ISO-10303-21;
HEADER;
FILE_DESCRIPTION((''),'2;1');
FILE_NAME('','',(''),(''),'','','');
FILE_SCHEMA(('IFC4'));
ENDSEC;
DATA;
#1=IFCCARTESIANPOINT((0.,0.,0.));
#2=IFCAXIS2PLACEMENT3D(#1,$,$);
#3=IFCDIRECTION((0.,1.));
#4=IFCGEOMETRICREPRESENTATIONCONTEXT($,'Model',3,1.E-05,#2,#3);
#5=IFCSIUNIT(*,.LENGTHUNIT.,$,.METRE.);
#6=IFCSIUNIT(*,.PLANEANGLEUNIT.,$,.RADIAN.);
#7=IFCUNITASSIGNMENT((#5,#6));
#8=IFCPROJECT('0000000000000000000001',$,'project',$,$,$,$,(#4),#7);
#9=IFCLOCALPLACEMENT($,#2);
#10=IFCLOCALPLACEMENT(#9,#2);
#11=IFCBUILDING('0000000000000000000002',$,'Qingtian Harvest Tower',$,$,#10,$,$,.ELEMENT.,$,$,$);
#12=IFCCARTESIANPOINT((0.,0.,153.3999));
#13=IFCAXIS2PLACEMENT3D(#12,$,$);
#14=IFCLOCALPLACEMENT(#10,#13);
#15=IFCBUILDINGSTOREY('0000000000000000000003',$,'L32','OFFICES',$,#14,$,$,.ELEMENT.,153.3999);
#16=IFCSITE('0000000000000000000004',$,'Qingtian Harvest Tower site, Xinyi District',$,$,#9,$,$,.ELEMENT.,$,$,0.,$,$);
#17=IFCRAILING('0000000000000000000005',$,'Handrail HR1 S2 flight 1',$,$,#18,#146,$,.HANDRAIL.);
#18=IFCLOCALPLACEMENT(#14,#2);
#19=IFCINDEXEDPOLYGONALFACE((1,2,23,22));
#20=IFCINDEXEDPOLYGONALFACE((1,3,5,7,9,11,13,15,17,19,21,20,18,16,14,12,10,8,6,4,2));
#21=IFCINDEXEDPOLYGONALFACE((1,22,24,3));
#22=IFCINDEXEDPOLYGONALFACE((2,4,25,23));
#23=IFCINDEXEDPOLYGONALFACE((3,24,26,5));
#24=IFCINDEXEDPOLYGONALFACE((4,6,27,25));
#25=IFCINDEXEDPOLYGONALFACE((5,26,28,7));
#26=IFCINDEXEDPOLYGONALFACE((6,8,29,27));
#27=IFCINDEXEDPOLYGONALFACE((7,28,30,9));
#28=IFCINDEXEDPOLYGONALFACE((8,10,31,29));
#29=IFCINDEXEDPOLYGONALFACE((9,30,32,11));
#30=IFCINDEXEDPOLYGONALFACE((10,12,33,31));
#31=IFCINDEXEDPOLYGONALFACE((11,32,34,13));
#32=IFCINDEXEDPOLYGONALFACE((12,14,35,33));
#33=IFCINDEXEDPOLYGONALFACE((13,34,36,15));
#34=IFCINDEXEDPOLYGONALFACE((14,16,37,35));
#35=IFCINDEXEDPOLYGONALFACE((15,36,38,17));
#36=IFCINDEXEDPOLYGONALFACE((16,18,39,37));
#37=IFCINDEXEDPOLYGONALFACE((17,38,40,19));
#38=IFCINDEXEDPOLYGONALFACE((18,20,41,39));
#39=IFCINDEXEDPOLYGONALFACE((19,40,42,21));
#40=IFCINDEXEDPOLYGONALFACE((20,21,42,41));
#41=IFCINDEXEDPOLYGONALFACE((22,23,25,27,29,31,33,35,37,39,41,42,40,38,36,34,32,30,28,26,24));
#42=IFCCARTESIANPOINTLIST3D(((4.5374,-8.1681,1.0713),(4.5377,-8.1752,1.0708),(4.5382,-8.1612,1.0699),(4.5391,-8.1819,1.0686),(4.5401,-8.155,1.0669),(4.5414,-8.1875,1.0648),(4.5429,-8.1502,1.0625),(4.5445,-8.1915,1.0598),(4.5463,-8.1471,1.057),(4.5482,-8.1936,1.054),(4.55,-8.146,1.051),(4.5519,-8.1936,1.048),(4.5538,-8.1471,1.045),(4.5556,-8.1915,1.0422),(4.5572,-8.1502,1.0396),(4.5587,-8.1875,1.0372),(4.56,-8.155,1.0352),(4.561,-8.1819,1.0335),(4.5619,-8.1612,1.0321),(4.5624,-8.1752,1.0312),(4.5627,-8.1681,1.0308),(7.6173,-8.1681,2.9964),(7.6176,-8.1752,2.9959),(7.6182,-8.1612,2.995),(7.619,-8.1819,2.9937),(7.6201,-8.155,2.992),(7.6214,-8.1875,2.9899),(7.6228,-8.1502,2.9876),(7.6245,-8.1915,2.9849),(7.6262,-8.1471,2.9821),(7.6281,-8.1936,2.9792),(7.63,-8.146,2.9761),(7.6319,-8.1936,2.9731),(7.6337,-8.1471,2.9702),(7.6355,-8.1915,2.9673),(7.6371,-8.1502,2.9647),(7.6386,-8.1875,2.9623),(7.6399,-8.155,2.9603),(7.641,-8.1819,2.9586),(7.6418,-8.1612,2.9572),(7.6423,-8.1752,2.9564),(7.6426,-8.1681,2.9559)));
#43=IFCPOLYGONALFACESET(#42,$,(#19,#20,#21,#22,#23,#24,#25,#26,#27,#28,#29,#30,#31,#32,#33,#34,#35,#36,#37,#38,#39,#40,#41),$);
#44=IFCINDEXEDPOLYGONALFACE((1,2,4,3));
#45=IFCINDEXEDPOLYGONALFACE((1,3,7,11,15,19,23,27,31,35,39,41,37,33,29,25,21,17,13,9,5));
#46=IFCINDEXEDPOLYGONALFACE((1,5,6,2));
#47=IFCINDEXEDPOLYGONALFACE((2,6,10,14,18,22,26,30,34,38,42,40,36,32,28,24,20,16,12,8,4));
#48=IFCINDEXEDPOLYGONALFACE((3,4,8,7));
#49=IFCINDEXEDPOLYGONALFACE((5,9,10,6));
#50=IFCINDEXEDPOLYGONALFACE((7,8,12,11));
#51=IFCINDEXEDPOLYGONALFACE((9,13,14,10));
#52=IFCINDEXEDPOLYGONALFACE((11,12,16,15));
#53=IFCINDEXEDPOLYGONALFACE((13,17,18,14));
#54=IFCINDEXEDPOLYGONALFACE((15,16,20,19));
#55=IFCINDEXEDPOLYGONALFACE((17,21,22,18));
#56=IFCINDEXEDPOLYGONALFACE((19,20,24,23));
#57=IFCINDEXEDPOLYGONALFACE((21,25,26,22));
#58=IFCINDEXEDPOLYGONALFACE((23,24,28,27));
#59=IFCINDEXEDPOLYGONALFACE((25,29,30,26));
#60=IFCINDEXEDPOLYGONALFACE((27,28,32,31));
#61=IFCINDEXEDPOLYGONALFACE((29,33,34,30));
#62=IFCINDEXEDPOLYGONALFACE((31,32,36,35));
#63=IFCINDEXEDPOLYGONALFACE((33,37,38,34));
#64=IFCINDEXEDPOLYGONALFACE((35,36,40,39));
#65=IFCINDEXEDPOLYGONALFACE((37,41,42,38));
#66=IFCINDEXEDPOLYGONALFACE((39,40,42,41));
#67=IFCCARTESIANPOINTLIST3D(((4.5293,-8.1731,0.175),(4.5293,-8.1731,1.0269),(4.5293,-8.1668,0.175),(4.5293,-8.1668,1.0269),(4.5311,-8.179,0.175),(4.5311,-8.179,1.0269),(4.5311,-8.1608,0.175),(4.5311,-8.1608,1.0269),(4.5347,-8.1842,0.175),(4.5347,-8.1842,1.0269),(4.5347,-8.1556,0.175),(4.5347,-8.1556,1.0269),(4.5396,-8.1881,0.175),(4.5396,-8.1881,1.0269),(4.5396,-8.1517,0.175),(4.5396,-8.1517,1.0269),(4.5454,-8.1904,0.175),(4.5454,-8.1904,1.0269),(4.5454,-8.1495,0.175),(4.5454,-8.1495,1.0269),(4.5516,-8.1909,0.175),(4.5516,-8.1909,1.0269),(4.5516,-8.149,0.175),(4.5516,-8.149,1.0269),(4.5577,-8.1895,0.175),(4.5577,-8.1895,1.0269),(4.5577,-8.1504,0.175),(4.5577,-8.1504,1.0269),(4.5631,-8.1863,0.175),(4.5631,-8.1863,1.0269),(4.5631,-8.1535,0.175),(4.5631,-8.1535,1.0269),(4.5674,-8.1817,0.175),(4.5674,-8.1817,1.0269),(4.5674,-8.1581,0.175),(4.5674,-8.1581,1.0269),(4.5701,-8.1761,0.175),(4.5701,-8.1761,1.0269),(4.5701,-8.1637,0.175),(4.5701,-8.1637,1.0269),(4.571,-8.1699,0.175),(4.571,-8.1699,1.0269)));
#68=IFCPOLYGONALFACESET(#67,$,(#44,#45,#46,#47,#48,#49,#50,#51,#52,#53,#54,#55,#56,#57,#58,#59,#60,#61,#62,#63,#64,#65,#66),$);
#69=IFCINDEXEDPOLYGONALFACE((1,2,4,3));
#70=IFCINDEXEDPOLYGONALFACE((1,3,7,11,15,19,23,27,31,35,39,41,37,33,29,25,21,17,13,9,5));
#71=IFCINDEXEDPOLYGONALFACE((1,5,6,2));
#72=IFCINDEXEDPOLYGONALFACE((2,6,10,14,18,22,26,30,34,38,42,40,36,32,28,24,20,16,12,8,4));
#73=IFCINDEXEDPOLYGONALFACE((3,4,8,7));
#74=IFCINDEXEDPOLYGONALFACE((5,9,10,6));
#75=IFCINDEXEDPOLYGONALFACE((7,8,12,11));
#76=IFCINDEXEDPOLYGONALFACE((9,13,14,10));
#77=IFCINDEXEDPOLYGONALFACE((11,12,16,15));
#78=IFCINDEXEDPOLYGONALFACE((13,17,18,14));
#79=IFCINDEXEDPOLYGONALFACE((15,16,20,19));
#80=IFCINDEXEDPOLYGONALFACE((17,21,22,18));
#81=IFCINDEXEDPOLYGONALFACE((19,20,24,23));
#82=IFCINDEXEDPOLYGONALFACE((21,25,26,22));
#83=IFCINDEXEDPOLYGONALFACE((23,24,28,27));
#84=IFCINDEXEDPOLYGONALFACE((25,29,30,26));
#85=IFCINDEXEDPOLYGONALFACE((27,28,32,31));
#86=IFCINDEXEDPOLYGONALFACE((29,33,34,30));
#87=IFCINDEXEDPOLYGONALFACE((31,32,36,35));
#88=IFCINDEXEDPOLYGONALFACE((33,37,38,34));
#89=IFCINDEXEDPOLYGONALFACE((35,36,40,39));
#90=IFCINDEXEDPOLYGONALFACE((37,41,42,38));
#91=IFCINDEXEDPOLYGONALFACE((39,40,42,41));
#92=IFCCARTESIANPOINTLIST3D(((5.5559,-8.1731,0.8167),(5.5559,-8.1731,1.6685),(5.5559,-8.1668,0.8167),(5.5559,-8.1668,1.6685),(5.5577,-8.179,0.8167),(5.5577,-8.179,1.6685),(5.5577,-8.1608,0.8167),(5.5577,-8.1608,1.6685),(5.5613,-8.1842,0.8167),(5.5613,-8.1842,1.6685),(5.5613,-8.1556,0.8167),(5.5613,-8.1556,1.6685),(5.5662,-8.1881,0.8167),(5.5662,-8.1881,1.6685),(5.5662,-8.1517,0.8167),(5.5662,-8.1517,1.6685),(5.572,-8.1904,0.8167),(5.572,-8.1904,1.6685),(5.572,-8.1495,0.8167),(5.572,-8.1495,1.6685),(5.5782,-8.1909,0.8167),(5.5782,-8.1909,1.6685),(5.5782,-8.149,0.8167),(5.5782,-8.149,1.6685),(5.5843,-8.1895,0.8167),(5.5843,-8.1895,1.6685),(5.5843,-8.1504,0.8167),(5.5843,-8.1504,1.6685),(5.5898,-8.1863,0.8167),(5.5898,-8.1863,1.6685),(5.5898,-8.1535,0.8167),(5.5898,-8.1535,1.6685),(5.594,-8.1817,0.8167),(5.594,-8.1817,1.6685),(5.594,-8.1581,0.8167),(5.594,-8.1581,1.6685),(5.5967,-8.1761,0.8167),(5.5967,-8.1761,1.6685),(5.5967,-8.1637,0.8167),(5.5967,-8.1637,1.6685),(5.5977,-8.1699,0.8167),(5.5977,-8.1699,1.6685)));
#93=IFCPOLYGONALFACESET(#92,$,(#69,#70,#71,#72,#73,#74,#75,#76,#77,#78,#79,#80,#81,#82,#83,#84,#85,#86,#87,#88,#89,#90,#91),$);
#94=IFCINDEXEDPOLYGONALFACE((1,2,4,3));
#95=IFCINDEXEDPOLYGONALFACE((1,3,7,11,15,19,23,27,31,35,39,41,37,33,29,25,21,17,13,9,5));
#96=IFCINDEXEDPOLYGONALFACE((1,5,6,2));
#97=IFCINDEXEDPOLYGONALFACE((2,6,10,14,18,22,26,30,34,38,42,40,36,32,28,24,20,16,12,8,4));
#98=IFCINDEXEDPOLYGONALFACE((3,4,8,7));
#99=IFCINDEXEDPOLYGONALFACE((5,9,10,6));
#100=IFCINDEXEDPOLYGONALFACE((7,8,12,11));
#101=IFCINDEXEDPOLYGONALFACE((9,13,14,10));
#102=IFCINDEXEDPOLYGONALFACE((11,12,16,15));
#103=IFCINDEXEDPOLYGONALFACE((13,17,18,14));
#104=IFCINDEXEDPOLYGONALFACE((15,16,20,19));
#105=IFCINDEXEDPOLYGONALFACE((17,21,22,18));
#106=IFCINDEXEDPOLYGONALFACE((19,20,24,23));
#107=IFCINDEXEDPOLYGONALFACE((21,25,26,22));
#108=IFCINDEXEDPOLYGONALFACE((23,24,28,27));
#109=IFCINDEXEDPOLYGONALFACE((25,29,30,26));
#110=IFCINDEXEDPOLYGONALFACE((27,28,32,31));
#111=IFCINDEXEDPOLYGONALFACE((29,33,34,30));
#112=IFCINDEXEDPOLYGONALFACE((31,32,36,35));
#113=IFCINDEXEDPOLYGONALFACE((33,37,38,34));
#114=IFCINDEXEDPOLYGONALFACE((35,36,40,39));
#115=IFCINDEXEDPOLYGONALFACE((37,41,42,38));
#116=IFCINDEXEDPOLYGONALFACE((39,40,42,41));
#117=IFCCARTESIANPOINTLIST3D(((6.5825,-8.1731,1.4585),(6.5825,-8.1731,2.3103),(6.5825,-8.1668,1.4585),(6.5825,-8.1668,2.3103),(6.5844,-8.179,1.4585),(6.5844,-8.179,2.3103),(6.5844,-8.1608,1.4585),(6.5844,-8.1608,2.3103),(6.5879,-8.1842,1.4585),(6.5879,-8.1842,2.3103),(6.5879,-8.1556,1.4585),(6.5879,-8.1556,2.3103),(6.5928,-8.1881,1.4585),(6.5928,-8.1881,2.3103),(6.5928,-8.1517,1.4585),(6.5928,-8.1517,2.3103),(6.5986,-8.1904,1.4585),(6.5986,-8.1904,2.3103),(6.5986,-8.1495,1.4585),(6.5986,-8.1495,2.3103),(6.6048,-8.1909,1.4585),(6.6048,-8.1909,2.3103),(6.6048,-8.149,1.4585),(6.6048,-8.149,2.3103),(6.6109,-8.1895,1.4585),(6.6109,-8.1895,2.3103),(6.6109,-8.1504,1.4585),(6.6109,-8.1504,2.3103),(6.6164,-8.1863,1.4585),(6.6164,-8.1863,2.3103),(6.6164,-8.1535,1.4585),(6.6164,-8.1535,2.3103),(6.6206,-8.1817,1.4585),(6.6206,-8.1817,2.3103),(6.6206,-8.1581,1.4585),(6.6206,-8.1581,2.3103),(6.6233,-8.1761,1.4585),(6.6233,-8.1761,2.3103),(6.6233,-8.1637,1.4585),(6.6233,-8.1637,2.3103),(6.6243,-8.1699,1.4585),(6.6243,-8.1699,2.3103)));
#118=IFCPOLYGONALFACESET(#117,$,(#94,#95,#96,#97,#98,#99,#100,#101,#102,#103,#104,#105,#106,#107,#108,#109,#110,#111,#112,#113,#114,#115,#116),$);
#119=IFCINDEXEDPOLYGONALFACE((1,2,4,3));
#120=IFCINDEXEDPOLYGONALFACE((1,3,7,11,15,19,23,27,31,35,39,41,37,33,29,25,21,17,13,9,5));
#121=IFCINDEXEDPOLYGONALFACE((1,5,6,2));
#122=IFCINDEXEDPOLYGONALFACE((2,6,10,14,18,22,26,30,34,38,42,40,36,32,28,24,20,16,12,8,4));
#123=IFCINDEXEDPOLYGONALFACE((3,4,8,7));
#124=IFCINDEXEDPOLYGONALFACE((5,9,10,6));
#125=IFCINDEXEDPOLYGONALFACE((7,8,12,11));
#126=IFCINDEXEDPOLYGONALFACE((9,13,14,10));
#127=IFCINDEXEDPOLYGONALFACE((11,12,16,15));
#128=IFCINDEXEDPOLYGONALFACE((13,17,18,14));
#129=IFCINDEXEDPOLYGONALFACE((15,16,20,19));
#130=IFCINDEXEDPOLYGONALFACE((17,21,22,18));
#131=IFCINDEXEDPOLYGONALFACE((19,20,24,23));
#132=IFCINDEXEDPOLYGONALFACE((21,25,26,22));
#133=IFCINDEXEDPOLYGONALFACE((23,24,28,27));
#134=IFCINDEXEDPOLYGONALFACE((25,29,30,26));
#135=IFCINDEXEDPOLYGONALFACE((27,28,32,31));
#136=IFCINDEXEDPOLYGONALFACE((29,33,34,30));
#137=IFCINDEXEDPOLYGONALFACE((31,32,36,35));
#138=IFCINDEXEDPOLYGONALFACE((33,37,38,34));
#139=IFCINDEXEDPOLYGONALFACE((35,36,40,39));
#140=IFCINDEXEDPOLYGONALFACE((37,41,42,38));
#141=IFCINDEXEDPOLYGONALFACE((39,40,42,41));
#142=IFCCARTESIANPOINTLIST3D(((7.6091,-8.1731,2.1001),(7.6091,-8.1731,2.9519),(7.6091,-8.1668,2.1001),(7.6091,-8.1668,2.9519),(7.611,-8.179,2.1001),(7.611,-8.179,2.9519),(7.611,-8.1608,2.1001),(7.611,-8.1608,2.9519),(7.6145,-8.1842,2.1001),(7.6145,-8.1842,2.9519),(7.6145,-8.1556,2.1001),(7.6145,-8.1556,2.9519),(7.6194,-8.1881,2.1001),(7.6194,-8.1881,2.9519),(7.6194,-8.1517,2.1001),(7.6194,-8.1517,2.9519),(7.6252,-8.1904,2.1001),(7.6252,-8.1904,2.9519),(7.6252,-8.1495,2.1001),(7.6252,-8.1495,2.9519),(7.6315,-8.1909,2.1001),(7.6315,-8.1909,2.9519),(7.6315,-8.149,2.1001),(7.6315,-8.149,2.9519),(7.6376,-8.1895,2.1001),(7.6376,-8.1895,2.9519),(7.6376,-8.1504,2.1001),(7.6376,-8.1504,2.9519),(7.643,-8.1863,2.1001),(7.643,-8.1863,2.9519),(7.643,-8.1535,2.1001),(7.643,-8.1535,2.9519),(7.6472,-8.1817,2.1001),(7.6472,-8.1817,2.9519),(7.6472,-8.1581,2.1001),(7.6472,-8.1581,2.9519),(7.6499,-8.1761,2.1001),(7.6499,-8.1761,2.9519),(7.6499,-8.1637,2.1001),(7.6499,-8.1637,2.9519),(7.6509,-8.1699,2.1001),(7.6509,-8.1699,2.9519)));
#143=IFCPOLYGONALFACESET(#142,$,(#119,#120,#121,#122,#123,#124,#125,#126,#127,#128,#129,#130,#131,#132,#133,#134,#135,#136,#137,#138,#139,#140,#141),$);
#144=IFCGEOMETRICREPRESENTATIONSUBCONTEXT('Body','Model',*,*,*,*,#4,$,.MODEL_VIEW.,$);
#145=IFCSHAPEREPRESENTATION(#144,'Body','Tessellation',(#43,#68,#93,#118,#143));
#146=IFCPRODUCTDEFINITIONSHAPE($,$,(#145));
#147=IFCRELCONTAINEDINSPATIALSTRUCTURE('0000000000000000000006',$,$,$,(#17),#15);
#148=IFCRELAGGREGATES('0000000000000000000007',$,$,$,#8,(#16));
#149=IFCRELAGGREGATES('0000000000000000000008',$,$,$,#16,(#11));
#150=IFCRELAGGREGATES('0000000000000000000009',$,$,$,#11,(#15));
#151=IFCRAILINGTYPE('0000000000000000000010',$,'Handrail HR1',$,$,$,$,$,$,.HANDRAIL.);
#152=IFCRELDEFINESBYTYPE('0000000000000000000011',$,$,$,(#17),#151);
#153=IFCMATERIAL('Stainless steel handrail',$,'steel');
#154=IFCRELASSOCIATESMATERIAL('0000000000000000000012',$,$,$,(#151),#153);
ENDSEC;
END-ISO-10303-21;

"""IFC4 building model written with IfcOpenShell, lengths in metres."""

from ifc_helpers import new_model, si_unit, direction, frame, origin, origin_2d, place, context, subcontext, project, spatial, circle, extrude, material, type_object, element, save


model = new_model("IFC4")

# Units and contexts
model_context = context("Model", 3, precision=1e-05, world=origin(), true_north=direction((0.0, 1.0)))
body_context = subcontext(model_context, "Body", "Model", "MODEL_VIEW")
ifc_project = project(units=[si_unit("LENGTHUNIT", "METRE"), si_unit("PLANEANGLEUNIT", "RADIAN")], contexts=[model_context])

# Site, building, storey
site_placement = place(None, origin())
site = spatial("IfcSite", under=ifc_project, at=site_placement, Name="Qingtian Harvest Tower site, Xinyi District", CompositionType="ELEMENT", RefElevation=0.0)
building_placement = place(site_placement, origin())
building = spatial("IfcBuilding", under=site, at=building_placement, Name="Qingtian Harvest Tower", CompositionType="ELEMENT")
storey_placement = place(building_placement, frame((0.0, 0.0, 153.3999)))
storey = spatial("IfcBuildingStorey", under=building, at=storey_placement, Name="L32", Description="OFFICES", CompositionType="ELEMENT", Elevation=153.3999)

# Railing
ifc_material_1 = material(Name="Stainless steel handrail", Category="steel")
railing_type = type_object("IfcRailingType", Name="Handrail HR1", PredefinedType="HANDRAIL", material=ifc_material_1)
railing_1_placement = place(storey_placement, frame((4.55, -8.1699, 0.175)))
element("IfcRailing", 1, at=railing_1_placement, inside=storey, type_object=railing_type, Name="Handrail HR1 S2 flight 1", PredefinedType="HANDRAIL", context=body_context, shape_type="SweptSolid", body=[
    extrude(circle(Radius=0.0239, at=origin_2d()), frame((0.0, 0.0, 0.876), z_axis=(0.847979, 0.0, 0.530029), x_axis=(0.0, 1.0, 0.0)), (0.0, 0.0, 1.0), 3.6321),
    extrude(circle(Radius=0.021, at=origin_2d()), origin(), (0.0, 0.0, 1.0), 0.8518),
    extrude(circle(Radius=0.021, at=origin_2d()), frame((1.0266, 0.0, 0.6416)), (0.0, 0.0, 1.0), 0.8518),
    extrude(circle(Radius=0.021, at=origin_2d()), frame((2.0532, 0.0, 1.2834)), (0.0, 0.0, 1.0), 0.8518),
    extrude(circle(Radius=0.021, at=origin_2d()), frame((3.0798, 0.0, 1.925)), (0.0, 0.0, 1.0), 0.8518),
])

save(model, "model.ifc")
